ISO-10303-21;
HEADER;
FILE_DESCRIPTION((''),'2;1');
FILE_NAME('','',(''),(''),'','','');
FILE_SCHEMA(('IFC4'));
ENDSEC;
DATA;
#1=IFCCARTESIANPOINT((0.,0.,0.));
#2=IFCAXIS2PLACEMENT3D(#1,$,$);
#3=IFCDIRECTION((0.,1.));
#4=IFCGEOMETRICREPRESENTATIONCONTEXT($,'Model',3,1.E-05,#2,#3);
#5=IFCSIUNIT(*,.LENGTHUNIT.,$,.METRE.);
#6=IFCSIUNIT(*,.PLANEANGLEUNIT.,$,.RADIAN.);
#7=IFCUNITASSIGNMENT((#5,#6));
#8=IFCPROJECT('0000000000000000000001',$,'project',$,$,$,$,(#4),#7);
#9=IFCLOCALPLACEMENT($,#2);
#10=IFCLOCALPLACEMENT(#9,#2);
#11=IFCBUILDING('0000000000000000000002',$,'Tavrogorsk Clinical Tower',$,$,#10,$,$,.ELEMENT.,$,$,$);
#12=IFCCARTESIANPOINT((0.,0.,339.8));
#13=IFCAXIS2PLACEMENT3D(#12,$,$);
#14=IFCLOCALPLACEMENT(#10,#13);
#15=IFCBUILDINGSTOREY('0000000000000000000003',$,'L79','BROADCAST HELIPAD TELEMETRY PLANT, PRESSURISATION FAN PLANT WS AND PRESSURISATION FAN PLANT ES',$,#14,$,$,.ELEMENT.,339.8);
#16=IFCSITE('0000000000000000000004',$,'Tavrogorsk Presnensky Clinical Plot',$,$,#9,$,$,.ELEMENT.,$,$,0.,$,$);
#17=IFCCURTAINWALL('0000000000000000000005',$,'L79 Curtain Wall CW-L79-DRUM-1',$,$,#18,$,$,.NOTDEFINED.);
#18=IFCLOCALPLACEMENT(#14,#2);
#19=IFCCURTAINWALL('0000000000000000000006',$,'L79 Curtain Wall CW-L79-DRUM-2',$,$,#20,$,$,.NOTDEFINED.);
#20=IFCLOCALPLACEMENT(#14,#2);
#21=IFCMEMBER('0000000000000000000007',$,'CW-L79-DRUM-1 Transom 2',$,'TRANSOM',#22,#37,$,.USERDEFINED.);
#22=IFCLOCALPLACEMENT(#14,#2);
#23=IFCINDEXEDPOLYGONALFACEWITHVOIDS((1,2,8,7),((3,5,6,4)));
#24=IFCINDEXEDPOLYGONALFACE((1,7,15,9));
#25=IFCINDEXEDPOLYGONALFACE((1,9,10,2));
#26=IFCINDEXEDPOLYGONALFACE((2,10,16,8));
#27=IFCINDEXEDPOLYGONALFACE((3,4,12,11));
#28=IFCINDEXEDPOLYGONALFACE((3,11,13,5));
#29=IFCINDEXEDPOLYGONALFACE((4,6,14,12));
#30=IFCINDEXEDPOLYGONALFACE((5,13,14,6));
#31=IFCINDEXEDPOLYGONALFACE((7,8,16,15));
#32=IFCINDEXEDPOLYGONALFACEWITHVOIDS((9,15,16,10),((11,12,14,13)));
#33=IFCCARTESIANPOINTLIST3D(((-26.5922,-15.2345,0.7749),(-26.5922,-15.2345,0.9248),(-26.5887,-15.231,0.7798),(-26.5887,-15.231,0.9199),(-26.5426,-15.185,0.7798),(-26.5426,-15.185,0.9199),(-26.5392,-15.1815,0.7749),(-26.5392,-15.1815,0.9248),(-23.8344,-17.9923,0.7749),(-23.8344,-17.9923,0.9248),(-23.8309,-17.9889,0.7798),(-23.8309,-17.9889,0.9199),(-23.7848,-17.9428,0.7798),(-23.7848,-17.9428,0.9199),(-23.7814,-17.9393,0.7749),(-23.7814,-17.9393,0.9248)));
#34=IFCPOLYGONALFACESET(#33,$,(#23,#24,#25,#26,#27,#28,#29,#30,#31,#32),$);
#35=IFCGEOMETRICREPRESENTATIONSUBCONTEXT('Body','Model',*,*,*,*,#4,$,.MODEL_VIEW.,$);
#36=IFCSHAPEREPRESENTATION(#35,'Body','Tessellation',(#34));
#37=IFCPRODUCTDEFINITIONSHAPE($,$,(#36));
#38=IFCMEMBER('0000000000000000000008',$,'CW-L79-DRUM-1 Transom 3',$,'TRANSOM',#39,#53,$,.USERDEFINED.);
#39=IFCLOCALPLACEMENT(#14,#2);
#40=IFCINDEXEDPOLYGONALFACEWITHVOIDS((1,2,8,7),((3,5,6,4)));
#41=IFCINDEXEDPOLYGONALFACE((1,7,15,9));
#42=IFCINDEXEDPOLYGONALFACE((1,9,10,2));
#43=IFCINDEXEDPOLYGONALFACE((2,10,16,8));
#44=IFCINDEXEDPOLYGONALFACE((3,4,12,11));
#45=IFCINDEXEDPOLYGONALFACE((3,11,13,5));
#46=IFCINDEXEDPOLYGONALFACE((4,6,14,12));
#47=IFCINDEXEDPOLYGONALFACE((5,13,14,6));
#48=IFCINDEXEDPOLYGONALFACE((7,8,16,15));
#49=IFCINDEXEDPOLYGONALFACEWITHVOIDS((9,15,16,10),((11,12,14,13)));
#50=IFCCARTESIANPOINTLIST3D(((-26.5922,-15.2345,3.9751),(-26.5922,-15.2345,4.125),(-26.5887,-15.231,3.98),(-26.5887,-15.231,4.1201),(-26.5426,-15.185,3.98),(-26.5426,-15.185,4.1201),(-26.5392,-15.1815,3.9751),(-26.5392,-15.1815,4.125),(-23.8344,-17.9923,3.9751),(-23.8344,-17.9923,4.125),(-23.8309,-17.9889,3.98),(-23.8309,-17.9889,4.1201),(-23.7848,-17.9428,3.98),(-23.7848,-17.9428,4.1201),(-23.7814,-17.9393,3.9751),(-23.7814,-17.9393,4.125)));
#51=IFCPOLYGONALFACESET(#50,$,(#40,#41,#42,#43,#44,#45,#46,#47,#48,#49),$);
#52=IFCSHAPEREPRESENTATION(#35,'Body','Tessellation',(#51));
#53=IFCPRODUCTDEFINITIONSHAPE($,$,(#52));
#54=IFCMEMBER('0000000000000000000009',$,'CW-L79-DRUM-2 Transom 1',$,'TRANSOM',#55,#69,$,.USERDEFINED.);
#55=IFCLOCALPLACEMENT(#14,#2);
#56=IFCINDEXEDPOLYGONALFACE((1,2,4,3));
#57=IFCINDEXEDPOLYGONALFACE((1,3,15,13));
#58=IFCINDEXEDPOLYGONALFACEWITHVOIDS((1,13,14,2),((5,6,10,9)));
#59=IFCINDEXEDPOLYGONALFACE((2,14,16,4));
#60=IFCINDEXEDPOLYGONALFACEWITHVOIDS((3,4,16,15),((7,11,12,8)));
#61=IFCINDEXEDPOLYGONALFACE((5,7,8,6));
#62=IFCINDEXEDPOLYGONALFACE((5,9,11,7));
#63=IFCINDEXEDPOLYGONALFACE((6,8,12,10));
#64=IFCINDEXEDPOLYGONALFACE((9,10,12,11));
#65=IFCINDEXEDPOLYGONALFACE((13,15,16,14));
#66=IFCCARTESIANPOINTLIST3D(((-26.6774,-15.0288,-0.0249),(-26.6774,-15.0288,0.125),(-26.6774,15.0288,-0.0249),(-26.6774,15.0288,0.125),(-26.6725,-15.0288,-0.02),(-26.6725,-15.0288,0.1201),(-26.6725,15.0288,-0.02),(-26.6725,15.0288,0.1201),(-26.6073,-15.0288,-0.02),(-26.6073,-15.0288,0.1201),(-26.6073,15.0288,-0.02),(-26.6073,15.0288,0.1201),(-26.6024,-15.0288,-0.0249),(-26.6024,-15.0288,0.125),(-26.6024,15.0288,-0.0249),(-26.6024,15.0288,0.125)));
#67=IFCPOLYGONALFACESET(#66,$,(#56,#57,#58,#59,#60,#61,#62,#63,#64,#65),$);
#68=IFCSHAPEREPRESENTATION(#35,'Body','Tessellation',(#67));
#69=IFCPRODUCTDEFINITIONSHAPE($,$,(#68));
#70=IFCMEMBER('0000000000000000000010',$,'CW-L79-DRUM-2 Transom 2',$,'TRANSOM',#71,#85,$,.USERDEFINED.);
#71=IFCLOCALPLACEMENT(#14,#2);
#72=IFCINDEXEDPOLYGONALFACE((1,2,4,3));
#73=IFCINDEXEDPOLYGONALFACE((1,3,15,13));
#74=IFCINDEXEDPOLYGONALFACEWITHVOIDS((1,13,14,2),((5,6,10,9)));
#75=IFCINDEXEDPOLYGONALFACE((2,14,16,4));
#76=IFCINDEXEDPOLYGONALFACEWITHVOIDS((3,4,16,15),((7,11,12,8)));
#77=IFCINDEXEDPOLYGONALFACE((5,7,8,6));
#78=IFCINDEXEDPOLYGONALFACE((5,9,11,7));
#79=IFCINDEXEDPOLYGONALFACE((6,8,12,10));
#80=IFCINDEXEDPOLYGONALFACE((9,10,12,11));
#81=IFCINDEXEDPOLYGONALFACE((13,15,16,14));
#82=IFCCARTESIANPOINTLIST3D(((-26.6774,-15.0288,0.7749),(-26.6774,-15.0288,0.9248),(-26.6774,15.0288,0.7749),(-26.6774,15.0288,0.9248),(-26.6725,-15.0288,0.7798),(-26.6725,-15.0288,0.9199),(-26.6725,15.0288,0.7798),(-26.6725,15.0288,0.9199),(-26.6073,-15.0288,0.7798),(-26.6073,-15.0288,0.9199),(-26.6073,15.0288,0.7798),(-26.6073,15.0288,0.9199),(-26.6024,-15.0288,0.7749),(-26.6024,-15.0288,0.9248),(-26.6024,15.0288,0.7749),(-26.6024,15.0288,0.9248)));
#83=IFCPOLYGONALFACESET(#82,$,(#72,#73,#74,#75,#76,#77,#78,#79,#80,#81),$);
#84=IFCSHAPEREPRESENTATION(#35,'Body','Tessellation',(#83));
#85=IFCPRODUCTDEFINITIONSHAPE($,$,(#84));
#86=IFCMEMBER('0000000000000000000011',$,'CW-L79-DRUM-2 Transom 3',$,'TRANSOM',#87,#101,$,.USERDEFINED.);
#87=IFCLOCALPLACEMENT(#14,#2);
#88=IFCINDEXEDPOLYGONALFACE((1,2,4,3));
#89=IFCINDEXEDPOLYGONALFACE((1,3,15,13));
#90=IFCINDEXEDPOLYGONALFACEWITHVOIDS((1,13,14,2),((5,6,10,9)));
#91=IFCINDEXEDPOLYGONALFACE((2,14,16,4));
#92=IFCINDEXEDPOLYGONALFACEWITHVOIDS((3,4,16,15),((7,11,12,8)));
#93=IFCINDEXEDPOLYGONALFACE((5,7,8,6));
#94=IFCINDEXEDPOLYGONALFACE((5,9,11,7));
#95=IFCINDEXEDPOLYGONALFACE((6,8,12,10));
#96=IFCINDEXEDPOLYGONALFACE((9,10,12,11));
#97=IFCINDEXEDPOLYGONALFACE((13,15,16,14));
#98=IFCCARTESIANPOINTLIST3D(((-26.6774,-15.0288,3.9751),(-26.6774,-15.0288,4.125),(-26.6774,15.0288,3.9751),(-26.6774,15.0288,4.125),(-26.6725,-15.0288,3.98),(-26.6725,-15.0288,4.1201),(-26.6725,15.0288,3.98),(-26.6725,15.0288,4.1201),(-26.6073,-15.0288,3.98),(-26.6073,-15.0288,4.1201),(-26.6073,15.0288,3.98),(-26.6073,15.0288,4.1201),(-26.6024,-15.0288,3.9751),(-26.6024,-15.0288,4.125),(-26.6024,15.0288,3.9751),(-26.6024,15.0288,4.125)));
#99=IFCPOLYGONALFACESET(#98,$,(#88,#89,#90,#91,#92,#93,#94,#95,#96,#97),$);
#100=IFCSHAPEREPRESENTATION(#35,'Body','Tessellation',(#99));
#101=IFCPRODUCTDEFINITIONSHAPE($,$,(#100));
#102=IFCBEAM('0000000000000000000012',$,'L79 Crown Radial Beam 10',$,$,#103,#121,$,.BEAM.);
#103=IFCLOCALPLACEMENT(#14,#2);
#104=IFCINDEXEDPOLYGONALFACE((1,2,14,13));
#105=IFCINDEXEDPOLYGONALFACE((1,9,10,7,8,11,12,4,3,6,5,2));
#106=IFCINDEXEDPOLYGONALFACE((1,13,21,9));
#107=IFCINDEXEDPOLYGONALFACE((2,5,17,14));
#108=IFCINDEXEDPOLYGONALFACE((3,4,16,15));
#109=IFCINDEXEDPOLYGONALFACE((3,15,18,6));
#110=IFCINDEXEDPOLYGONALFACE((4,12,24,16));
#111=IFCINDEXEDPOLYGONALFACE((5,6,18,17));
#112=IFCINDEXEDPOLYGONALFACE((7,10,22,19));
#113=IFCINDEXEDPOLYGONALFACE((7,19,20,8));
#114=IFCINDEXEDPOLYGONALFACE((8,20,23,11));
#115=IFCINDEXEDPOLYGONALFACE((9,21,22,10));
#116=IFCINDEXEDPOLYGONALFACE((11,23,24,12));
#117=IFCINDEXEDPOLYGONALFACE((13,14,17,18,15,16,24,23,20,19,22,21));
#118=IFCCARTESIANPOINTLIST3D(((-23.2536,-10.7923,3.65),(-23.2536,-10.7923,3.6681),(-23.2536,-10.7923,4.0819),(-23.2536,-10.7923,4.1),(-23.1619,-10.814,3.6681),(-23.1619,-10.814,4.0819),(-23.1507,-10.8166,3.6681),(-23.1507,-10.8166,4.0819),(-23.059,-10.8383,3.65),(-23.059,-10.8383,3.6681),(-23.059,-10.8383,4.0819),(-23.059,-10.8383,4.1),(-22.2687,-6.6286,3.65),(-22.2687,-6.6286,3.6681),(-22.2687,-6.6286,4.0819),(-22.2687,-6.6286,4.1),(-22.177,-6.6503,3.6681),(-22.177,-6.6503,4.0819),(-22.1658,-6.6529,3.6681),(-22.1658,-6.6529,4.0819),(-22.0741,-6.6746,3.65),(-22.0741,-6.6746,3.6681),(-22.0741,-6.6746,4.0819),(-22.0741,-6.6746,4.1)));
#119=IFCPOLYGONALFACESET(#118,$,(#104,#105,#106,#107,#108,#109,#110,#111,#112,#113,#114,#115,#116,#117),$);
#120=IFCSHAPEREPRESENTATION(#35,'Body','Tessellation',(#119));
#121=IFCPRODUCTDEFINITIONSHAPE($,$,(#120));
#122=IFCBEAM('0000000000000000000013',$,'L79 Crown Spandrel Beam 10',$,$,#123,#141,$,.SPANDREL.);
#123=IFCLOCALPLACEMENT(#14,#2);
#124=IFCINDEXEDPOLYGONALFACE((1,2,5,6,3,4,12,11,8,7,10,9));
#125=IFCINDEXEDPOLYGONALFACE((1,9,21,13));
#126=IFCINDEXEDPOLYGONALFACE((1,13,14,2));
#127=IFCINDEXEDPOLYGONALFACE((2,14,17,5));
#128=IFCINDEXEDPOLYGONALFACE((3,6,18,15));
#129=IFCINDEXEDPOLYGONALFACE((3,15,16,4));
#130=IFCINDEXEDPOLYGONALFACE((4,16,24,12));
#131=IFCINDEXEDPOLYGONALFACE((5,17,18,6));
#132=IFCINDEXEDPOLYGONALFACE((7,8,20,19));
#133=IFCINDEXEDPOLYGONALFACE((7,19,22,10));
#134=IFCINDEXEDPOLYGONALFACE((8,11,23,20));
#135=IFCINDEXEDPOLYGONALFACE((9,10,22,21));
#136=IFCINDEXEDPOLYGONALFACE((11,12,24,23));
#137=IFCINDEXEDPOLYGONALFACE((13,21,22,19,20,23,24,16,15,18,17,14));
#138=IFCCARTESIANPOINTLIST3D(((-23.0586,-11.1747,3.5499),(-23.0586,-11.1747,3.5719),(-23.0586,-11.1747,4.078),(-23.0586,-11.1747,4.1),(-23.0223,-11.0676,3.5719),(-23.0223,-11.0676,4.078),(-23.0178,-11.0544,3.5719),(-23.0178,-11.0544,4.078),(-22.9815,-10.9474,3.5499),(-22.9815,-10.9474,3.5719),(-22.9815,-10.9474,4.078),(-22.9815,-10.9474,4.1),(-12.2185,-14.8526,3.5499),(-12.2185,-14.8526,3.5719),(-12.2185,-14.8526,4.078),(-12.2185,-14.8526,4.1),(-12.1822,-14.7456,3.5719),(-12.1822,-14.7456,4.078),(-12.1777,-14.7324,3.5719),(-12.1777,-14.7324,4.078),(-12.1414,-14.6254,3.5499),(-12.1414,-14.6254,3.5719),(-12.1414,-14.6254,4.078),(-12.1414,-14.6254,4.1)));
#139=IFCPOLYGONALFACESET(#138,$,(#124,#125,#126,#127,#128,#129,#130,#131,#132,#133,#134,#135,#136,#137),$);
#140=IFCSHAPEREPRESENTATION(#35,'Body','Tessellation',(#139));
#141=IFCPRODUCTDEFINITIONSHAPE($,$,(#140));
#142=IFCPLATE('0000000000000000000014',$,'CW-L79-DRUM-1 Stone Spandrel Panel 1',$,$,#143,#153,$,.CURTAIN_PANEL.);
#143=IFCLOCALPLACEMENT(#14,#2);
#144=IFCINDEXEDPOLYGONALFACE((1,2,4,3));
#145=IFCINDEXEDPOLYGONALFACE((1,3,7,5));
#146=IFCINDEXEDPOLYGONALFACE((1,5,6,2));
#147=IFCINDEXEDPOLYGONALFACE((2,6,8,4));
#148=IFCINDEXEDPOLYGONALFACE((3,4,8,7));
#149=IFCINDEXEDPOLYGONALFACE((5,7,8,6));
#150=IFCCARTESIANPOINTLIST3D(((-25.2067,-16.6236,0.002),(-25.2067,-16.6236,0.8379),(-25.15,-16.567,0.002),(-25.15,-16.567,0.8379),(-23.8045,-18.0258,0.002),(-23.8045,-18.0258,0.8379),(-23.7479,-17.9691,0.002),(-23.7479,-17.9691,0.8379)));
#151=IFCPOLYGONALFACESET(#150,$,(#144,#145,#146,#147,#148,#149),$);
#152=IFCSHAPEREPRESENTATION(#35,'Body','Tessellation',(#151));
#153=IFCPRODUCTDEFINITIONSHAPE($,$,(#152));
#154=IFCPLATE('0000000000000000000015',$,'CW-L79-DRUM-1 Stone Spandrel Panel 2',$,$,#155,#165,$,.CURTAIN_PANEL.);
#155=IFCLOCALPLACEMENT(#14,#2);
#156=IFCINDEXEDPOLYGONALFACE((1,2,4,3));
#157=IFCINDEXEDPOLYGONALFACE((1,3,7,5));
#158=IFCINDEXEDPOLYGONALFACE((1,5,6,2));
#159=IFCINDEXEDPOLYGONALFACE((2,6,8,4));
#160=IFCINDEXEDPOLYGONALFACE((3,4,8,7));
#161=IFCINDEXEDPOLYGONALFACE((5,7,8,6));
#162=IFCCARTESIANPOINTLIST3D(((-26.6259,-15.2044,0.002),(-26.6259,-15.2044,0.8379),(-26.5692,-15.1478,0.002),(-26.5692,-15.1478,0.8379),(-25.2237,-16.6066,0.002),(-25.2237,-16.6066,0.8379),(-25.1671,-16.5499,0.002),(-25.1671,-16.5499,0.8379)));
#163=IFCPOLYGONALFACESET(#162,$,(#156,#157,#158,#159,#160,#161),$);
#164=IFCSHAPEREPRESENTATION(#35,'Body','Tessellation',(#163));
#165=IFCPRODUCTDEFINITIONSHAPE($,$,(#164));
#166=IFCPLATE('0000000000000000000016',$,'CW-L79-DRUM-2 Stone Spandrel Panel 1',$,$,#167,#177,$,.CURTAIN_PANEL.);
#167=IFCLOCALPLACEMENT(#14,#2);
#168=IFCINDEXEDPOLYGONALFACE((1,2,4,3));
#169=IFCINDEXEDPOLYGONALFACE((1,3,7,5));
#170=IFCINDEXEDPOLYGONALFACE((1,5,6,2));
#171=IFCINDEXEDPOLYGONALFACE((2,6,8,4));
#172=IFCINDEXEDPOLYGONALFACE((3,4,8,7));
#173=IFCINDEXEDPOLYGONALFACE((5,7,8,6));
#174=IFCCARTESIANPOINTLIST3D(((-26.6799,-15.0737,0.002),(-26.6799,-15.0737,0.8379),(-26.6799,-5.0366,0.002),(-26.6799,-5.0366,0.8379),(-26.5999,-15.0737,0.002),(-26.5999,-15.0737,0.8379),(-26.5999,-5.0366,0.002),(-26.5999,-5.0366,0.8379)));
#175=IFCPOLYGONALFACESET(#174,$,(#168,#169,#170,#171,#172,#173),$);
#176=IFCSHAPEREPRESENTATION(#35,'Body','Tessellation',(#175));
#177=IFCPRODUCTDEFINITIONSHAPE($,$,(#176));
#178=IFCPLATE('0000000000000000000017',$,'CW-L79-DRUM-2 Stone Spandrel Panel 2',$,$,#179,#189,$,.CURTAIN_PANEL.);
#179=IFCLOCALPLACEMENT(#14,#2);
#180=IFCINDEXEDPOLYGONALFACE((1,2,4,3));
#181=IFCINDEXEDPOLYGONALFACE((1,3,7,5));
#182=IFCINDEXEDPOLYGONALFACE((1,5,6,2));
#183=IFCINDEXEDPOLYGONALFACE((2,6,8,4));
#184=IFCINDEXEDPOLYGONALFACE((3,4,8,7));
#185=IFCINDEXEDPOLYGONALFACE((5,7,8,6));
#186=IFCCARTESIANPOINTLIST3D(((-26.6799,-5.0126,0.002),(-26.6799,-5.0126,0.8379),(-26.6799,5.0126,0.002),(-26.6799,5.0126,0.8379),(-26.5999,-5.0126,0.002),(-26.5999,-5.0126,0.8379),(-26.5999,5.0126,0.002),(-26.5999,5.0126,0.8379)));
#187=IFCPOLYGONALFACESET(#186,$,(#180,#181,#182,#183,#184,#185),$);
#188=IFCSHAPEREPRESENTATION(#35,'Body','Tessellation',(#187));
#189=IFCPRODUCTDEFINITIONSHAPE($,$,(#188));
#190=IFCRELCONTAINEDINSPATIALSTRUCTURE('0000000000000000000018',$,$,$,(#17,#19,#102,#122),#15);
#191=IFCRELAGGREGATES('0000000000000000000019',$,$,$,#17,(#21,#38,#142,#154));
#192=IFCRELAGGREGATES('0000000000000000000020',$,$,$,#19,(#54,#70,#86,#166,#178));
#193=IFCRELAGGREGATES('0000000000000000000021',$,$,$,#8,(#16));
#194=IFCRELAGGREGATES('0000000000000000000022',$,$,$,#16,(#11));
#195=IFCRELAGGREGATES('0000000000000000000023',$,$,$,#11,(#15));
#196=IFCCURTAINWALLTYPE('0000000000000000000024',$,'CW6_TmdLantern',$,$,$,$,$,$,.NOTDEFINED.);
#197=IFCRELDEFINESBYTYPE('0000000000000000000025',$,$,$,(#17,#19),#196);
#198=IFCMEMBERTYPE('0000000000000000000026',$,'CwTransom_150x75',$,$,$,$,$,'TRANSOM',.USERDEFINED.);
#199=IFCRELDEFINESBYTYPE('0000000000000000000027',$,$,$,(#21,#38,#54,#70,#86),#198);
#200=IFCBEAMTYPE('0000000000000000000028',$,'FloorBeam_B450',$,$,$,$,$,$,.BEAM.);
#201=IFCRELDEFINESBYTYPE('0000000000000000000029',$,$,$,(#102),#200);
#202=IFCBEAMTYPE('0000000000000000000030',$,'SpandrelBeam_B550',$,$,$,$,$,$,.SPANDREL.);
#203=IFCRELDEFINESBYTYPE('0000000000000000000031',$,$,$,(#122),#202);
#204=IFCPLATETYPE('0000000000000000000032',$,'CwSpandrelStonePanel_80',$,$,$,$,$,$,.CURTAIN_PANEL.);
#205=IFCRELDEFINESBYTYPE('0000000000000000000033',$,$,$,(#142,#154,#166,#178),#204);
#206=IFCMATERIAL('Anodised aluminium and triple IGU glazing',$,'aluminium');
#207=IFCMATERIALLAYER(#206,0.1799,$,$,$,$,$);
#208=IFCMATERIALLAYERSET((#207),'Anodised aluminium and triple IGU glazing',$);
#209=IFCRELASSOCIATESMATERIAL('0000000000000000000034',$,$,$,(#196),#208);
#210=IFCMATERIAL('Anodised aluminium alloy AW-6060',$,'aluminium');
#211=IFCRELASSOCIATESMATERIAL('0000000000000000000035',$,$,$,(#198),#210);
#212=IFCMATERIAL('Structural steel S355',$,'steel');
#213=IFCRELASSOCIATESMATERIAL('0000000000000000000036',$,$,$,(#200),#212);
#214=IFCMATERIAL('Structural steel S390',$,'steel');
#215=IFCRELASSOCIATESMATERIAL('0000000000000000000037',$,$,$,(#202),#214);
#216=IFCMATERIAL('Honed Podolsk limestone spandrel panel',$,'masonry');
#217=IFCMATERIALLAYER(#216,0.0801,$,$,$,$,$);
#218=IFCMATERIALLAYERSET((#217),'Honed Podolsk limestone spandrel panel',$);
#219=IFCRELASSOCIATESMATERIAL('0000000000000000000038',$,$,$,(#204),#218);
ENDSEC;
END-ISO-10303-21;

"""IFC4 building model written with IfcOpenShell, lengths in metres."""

from ifc_helpers import new_model, si_unit, direction, frame, origin, origin_2d, place, context, subcontext, project, spatial, rectangle, hollow_rectangle, i_section, extrude, material, layer, layer_set, material_profile, profile_set, type_object, element, aggregate, save


model = new_model("IFC4")

# Units and contexts
model_context = context("Model", 3, precision=1e-05, world=origin(), true_north=direction((0.0, 1.0)))
body_context = subcontext(model_context, "Body", "Model", "MODEL_VIEW")
ifc_project = project(units=[si_unit("LENGTHUNIT", "METRE"), si_unit("PLANEANGLEUNIT", "RADIAN")], contexts=[model_context])

# Site, building, storey
site_placement = place(None, origin())
site = spatial("IfcSite", under=ifc_project, at=site_placement, Name="Tavrogorsk Presnensky Clinical Plot", CompositionType="ELEMENT", RefElevation=0.0)
building_placement = place(site_placement, origin())
building = spatial("IfcBuilding", under=site, at=building_placement, Name="Tavrogorsk Clinical Tower", CompositionType="ELEMENT")
storey_placement = place(building_placement, frame((0.0, 0.0, 339.8)))
storey = spatial("IfcBuildingStorey", under=building, at=storey_placement, Name="L79", Description="BROADCAST HELIPAD TELEMETRY PLANT, PRESSURISATION FAN PLANT WS AND PRESSURISATION FAN PLANT ES", CompositionType="ELEMENT", Elevation=339.8)

# Curtain walls
ifc_material_1 = material(Name="Anodised aluminium and triple IGU glazing", Category="aluminium")
ifc_layer_1 = layer(ifc_material_1, 0.1799)
ifc_layer_set_1 = layer_set([ifc_layer_1], Name="Anodised aluminium and triple IGU glazing")
curtain_wall_type = type_object("IfcCurtainWallType", Name="CW6_TmdLantern", PredefinedType="NOTDEFINED", material=ifc_layer_set_1)
curtain_wall_1_placement = place(storey_placement, origin())
curtain_wall_1 = element("IfcCurtainWall", 1, at=curtain_wall_1_placement, inside=storey, type_object=curtain_wall_type, Name="L79 Curtain Wall CW-L79-DRUM-1", PredefinedType="NOTDEFINED")
curtain_wall_2_placement = place(storey_placement, origin())
curtain_wall_2 = element("IfcCurtainWall", 2, at=curtain_wall_2_placement, inside=storey, type_object=curtain_wall_type, Name="L79 Curtain Wall CW-L79-DRUM-2", PredefinedType="NOTDEFINED")

# Members
ifc_material_2 = material(Name="Anodised aluminium alloy AW-6060", Category="aluminium")
ifc_material_profile_1 = material_profile(ifc_material_2, hollow_rectangle(XDim=0.075, YDim=0.1499, WallThickness=0.0049, at=origin_2d()), Name="RHS-150x75x5")
ifc_profile_set_1 = profile_set([ifc_material_profile_1], Name="Anodised aluminium alloy AW-6060")
member_type_1 = type_object("IfcMemberType", Name="CwTransom_150x75", ElementType="TRANSOM", PredefinedType="USERDEFINED", material=ifc_profile_set_1)
member_1_placement = place(storey_placement, frame((-23.8079, -17.9658, 0.8499), z_axis=(-0.707107, 0.707107, 0.0), x_axis=(-0.707107, -0.707107, 0.0)))
member_1 = element("IfcMember", 3, at=member_1_placement, type_object=member_type_1, Name="CW-L79-DRUM-1 Transom 2", ObjectType="TRANSOM", PredefinedType="USERDEFINED", context=body_context, shape_type="SweptSolid", body=[
    extrude(hollow_rectangle(XDim=0.075, YDim=0.1499, WallThickness=0.0049, at=origin_2d()), origin(), (0.0, 0.0, 1.0), 3.9001),
])
member_2_placement = place(storey_placement, frame((-23.8079, -17.9658, 4.05), z_axis=(-0.707107, 0.707107, 0.0), x_axis=(-0.707107, -0.707107, 0.0)))
member_2 = element("IfcMember", 4, at=member_2_placement, type_object=member_type_1, Name="CW-L79-DRUM-1 Transom 3", ObjectType="TRANSOM", PredefinedType="USERDEFINED", context=body_context, shape_type="SweptSolid", body=[
    extrude(hollow_rectangle(XDim=0.075, YDim=0.1499, WallThickness=0.0049, at=origin_2d()), origin(), (0.0, 0.0, 1.0), 3.9001),
])
member_3_placement = place(storey_placement, frame((-26.6399, -15.0288, 0.05), z_axis=(0.0, 1.0, 0.0), x_axis=(-1.0, 0.0, 0.0)))
member_3 = element("IfcMember", 5, at=member_3_placement, type_object=member_type_1, Name="CW-L79-DRUM-2 Transom 1", ObjectType="TRANSOM", PredefinedType="USERDEFINED", context=body_context, shape_type="SweptSolid", body=[
    extrude(hollow_rectangle(XDim=0.075, YDim=0.1499, WallThickness=0.0049, at=origin_2d()), origin(), (0.0, 0.0, 1.0), 30.0576),
])
member_4_placement = place(storey_placement, frame((-26.6399, -15.0288, 0.8499), z_axis=(0.0, 1.0, 0.0), x_axis=(-1.0, 0.0, 0.0)))
member_4 = element("IfcMember", 6, at=member_4_placement, type_object=member_type_1, Name="CW-L79-DRUM-2 Transom 2", ObjectType="TRANSOM", PredefinedType="USERDEFINED", context=body_context, shape_type="SweptSolid", body=[
    extrude(hollow_rectangle(XDim=0.075, YDim=0.1499, WallThickness=0.0049, at=origin_2d()), origin(), (0.0, 0.0, 1.0), 30.0576),
])
member_5_placement = place(storey_placement, frame((-26.6399, -15.0288, 4.05), z_axis=(0.0, 1.0, 0.0), x_axis=(-1.0, 0.0, 0.0)))
member_5 = element("IfcMember", 7, at=member_5_placement, type_object=member_type_1, Name="CW-L79-DRUM-2 Transom 3", ObjectType="TRANSOM", PredefinedType="USERDEFINED", context=body_context, shape_type="SweptSolid", body=[
    extrude(hollow_rectangle(XDim=0.075, YDim=0.1499, WallThickness=0.0049, at=origin_2d()), origin(), (0.0, 0.0, 1.0), 30.0576),
])

# Beams
ifc_material_3 = material(Name="Structural steel S355", Category="steel")
ifc_material_profile_2 = material_profile(ifc_material_3, i_section(OverallWidth=0.2, OverallDepth=0.45, WebThickness=0.0115, FlangeThickness=0.0181, at=origin_2d()), Name="B-450x200x11.5x18")
ifc_profile_set_2 = profile_set([ifc_material_profile_2], Name="Structural steel S355")
beam_type_1 = type_object("IfcBeamType", Name="FloorBeam_B450", PredefinedType="BEAM", material=ifc_profile_set_2)
beam_1_placement = place(storey_placement, frame((-22.1714, -6.6516, 3.875), z_axis=(-0.230191, -0.973146, 0.0), x_axis=(0.973146, -0.230191, 0.0)))
element("IfcBeam", 8, at=beam_1_placement, inside=storey, type_object=beam_type_1, Name="L79 Crown Radial Beam 10", PredefinedType="BEAM", context=body_context, shape_type="SweptSolid", body=[
    extrude(i_section(OverallWidth=0.2, OverallDepth=0.45, WebThickness=0.0115, FlangeThickness=0.0181, at=origin_2d()), origin(), (0.0, 0.0, 1.0), 4.2786),
])
ifc_material_4 = material(Name="Structural steel S390", Category="steel")
ifc_material_profile_3 = material_profile(ifc_material_4, i_section(OverallWidth=0.24, OverallDepth=0.55, WebThickness=0.0139, FlangeThickness=0.022, at=origin_2d()), Name="B-550x240x14x22")
ifc_profile_set_3 = profile_set([ifc_material_profile_3], Name="Structural steel S390")
beam_type_2 = type_object("IfcBeamType", Name="SpandrelBeam_B550", PredefinedType="SPANDREL", material=ifc_profile_set_3)
beam_2_placement = place(storey_placement, frame((-23.02, -11.061, 3.825), z_axis=(0.946976, -0.321304, 0.0), x_axis=(0.321304, 0.946976, 0.0)))
element("IfcBeam", 9, at=beam_2_placement, inside=storey, type_object=beam_type_2, Name="L79 Crown Spandrel Beam 10", PredefinedType="SPANDREL", context=body_context, shape_type="SweptSolid", body=[
    extrude(i_section(OverallWidth=0.24, OverallDepth=0.55, WebThickness=0.0139, FlangeThickness=0.022, at=origin_2d()), origin(), (0.0, 0.0, 1.0), 11.447),
])

# Plates
ifc_material_5 = material(Name="Honed Podolsk limestone spandrel panel", Category="masonry")
ifc_layer_2 = layer(ifc_material_5, 0.0801)
ifc_layer_set_2 = layer_set([ifc_layer_2], Name="Honed Podolsk limestone spandrel panel")
plate_type_1 = type_object("IfcPlateType", Name="CwSpandrelStonePanel_80", PredefinedType="CURTAIN_PANEL", material=ifc_layer_set_2)
plate_1_placement = place(storey_placement, frame((-24.4773, -17.2964, 0.002), z_axis=(0.0, 0.0, 1.0), x_axis=(-0.707107, 0.707107, 0.0)))
plate_1 = element("IfcPlate", 10, at=plate_1_placement, type_object=plate_type_1, Name="CW-L79-DRUM-1 Stone Spandrel Panel 1", PredefinedType="CURTAIN_PANEL", context=body_context, shape_type="SweptSolid", body=[
    extrude(rectangle(XDim=1.9829, YDim=0.0801, at=origin_2d()), origin(), (0.0, 0.0, 1.0), 0.8359),
])
plate_2_placement = place(storey_placement, frame((-25.8965, -15.8772, 0.002), z_axis=(0.0, 0.0, 1.0), x_axis=(-0.707107, 0.707107, 0.0)))
plate_2 = element("IfcPlate", 11, at=plate_2_placement, type_object=plate_type_1, Name="CW-L79-DRUM-1 Stone Spandrel Panel 2", PredefinedType="CURTAIN_PANEL", context=body_context, shape_type="SweptSolid", body=[
    extrude(rectangle(XDim=1.9829, YDim=0.0801, at=origin_2d()), origin(), (0.0, 0.0, 1.0), 0.8359),
])
plate_3_placement = place(storey_placement, frame((-26.6399, -10.0552, 0.002), z_axis=(0.0, 0.0, 1.0), x_axis=(0.0, 1.0, 0.0)))
plate_3 = element("IfcPlate", 12, at=plate_3_placement, type_object=plate_type_1, Name="CW-L79-DRUM-2 Stone Spandrel Panel 1", PredefinedType="CURTAIN_PANEL", context=body_context, shape_type="SweptSolid", body=[
    extrude(rectangle(XDim=10.0371, YDim=0.0801, at=origin_2d()), origin(), (0.0, 0.0, 1.0), 0.8359),
])
plate_4_placement = place(storey_placement, frame((-26.6399, 0.0, 0.002), z_axis=(0.0, 0.0, 1.0), x_axis=(0.0, 1.0, 0.0)))
plate_4 = element("IfcPlate", 13, at=plate_4_placement, type_object=plate_type_1, Name="CW-L79-DRUM-2 Stone Spandrel Panel 2", PredefinedType="CURTAIN_PANEL", context=body_context, shape_type="SweptSolid", body=[
    extrude(rectangle(XDim=10.0251, YDim=0.0801, at=origin_2d()), origin(), (0.0, 0.0, 1.0), 0.8359),
])
aggregate(curtain_wall_1, [member_1, member_2, plate_1, plate_2])
aggregate(curtain_wall_2, [member_3, member_4, member_5, plate_3, plate_4])

save(model, "model.ifc")
